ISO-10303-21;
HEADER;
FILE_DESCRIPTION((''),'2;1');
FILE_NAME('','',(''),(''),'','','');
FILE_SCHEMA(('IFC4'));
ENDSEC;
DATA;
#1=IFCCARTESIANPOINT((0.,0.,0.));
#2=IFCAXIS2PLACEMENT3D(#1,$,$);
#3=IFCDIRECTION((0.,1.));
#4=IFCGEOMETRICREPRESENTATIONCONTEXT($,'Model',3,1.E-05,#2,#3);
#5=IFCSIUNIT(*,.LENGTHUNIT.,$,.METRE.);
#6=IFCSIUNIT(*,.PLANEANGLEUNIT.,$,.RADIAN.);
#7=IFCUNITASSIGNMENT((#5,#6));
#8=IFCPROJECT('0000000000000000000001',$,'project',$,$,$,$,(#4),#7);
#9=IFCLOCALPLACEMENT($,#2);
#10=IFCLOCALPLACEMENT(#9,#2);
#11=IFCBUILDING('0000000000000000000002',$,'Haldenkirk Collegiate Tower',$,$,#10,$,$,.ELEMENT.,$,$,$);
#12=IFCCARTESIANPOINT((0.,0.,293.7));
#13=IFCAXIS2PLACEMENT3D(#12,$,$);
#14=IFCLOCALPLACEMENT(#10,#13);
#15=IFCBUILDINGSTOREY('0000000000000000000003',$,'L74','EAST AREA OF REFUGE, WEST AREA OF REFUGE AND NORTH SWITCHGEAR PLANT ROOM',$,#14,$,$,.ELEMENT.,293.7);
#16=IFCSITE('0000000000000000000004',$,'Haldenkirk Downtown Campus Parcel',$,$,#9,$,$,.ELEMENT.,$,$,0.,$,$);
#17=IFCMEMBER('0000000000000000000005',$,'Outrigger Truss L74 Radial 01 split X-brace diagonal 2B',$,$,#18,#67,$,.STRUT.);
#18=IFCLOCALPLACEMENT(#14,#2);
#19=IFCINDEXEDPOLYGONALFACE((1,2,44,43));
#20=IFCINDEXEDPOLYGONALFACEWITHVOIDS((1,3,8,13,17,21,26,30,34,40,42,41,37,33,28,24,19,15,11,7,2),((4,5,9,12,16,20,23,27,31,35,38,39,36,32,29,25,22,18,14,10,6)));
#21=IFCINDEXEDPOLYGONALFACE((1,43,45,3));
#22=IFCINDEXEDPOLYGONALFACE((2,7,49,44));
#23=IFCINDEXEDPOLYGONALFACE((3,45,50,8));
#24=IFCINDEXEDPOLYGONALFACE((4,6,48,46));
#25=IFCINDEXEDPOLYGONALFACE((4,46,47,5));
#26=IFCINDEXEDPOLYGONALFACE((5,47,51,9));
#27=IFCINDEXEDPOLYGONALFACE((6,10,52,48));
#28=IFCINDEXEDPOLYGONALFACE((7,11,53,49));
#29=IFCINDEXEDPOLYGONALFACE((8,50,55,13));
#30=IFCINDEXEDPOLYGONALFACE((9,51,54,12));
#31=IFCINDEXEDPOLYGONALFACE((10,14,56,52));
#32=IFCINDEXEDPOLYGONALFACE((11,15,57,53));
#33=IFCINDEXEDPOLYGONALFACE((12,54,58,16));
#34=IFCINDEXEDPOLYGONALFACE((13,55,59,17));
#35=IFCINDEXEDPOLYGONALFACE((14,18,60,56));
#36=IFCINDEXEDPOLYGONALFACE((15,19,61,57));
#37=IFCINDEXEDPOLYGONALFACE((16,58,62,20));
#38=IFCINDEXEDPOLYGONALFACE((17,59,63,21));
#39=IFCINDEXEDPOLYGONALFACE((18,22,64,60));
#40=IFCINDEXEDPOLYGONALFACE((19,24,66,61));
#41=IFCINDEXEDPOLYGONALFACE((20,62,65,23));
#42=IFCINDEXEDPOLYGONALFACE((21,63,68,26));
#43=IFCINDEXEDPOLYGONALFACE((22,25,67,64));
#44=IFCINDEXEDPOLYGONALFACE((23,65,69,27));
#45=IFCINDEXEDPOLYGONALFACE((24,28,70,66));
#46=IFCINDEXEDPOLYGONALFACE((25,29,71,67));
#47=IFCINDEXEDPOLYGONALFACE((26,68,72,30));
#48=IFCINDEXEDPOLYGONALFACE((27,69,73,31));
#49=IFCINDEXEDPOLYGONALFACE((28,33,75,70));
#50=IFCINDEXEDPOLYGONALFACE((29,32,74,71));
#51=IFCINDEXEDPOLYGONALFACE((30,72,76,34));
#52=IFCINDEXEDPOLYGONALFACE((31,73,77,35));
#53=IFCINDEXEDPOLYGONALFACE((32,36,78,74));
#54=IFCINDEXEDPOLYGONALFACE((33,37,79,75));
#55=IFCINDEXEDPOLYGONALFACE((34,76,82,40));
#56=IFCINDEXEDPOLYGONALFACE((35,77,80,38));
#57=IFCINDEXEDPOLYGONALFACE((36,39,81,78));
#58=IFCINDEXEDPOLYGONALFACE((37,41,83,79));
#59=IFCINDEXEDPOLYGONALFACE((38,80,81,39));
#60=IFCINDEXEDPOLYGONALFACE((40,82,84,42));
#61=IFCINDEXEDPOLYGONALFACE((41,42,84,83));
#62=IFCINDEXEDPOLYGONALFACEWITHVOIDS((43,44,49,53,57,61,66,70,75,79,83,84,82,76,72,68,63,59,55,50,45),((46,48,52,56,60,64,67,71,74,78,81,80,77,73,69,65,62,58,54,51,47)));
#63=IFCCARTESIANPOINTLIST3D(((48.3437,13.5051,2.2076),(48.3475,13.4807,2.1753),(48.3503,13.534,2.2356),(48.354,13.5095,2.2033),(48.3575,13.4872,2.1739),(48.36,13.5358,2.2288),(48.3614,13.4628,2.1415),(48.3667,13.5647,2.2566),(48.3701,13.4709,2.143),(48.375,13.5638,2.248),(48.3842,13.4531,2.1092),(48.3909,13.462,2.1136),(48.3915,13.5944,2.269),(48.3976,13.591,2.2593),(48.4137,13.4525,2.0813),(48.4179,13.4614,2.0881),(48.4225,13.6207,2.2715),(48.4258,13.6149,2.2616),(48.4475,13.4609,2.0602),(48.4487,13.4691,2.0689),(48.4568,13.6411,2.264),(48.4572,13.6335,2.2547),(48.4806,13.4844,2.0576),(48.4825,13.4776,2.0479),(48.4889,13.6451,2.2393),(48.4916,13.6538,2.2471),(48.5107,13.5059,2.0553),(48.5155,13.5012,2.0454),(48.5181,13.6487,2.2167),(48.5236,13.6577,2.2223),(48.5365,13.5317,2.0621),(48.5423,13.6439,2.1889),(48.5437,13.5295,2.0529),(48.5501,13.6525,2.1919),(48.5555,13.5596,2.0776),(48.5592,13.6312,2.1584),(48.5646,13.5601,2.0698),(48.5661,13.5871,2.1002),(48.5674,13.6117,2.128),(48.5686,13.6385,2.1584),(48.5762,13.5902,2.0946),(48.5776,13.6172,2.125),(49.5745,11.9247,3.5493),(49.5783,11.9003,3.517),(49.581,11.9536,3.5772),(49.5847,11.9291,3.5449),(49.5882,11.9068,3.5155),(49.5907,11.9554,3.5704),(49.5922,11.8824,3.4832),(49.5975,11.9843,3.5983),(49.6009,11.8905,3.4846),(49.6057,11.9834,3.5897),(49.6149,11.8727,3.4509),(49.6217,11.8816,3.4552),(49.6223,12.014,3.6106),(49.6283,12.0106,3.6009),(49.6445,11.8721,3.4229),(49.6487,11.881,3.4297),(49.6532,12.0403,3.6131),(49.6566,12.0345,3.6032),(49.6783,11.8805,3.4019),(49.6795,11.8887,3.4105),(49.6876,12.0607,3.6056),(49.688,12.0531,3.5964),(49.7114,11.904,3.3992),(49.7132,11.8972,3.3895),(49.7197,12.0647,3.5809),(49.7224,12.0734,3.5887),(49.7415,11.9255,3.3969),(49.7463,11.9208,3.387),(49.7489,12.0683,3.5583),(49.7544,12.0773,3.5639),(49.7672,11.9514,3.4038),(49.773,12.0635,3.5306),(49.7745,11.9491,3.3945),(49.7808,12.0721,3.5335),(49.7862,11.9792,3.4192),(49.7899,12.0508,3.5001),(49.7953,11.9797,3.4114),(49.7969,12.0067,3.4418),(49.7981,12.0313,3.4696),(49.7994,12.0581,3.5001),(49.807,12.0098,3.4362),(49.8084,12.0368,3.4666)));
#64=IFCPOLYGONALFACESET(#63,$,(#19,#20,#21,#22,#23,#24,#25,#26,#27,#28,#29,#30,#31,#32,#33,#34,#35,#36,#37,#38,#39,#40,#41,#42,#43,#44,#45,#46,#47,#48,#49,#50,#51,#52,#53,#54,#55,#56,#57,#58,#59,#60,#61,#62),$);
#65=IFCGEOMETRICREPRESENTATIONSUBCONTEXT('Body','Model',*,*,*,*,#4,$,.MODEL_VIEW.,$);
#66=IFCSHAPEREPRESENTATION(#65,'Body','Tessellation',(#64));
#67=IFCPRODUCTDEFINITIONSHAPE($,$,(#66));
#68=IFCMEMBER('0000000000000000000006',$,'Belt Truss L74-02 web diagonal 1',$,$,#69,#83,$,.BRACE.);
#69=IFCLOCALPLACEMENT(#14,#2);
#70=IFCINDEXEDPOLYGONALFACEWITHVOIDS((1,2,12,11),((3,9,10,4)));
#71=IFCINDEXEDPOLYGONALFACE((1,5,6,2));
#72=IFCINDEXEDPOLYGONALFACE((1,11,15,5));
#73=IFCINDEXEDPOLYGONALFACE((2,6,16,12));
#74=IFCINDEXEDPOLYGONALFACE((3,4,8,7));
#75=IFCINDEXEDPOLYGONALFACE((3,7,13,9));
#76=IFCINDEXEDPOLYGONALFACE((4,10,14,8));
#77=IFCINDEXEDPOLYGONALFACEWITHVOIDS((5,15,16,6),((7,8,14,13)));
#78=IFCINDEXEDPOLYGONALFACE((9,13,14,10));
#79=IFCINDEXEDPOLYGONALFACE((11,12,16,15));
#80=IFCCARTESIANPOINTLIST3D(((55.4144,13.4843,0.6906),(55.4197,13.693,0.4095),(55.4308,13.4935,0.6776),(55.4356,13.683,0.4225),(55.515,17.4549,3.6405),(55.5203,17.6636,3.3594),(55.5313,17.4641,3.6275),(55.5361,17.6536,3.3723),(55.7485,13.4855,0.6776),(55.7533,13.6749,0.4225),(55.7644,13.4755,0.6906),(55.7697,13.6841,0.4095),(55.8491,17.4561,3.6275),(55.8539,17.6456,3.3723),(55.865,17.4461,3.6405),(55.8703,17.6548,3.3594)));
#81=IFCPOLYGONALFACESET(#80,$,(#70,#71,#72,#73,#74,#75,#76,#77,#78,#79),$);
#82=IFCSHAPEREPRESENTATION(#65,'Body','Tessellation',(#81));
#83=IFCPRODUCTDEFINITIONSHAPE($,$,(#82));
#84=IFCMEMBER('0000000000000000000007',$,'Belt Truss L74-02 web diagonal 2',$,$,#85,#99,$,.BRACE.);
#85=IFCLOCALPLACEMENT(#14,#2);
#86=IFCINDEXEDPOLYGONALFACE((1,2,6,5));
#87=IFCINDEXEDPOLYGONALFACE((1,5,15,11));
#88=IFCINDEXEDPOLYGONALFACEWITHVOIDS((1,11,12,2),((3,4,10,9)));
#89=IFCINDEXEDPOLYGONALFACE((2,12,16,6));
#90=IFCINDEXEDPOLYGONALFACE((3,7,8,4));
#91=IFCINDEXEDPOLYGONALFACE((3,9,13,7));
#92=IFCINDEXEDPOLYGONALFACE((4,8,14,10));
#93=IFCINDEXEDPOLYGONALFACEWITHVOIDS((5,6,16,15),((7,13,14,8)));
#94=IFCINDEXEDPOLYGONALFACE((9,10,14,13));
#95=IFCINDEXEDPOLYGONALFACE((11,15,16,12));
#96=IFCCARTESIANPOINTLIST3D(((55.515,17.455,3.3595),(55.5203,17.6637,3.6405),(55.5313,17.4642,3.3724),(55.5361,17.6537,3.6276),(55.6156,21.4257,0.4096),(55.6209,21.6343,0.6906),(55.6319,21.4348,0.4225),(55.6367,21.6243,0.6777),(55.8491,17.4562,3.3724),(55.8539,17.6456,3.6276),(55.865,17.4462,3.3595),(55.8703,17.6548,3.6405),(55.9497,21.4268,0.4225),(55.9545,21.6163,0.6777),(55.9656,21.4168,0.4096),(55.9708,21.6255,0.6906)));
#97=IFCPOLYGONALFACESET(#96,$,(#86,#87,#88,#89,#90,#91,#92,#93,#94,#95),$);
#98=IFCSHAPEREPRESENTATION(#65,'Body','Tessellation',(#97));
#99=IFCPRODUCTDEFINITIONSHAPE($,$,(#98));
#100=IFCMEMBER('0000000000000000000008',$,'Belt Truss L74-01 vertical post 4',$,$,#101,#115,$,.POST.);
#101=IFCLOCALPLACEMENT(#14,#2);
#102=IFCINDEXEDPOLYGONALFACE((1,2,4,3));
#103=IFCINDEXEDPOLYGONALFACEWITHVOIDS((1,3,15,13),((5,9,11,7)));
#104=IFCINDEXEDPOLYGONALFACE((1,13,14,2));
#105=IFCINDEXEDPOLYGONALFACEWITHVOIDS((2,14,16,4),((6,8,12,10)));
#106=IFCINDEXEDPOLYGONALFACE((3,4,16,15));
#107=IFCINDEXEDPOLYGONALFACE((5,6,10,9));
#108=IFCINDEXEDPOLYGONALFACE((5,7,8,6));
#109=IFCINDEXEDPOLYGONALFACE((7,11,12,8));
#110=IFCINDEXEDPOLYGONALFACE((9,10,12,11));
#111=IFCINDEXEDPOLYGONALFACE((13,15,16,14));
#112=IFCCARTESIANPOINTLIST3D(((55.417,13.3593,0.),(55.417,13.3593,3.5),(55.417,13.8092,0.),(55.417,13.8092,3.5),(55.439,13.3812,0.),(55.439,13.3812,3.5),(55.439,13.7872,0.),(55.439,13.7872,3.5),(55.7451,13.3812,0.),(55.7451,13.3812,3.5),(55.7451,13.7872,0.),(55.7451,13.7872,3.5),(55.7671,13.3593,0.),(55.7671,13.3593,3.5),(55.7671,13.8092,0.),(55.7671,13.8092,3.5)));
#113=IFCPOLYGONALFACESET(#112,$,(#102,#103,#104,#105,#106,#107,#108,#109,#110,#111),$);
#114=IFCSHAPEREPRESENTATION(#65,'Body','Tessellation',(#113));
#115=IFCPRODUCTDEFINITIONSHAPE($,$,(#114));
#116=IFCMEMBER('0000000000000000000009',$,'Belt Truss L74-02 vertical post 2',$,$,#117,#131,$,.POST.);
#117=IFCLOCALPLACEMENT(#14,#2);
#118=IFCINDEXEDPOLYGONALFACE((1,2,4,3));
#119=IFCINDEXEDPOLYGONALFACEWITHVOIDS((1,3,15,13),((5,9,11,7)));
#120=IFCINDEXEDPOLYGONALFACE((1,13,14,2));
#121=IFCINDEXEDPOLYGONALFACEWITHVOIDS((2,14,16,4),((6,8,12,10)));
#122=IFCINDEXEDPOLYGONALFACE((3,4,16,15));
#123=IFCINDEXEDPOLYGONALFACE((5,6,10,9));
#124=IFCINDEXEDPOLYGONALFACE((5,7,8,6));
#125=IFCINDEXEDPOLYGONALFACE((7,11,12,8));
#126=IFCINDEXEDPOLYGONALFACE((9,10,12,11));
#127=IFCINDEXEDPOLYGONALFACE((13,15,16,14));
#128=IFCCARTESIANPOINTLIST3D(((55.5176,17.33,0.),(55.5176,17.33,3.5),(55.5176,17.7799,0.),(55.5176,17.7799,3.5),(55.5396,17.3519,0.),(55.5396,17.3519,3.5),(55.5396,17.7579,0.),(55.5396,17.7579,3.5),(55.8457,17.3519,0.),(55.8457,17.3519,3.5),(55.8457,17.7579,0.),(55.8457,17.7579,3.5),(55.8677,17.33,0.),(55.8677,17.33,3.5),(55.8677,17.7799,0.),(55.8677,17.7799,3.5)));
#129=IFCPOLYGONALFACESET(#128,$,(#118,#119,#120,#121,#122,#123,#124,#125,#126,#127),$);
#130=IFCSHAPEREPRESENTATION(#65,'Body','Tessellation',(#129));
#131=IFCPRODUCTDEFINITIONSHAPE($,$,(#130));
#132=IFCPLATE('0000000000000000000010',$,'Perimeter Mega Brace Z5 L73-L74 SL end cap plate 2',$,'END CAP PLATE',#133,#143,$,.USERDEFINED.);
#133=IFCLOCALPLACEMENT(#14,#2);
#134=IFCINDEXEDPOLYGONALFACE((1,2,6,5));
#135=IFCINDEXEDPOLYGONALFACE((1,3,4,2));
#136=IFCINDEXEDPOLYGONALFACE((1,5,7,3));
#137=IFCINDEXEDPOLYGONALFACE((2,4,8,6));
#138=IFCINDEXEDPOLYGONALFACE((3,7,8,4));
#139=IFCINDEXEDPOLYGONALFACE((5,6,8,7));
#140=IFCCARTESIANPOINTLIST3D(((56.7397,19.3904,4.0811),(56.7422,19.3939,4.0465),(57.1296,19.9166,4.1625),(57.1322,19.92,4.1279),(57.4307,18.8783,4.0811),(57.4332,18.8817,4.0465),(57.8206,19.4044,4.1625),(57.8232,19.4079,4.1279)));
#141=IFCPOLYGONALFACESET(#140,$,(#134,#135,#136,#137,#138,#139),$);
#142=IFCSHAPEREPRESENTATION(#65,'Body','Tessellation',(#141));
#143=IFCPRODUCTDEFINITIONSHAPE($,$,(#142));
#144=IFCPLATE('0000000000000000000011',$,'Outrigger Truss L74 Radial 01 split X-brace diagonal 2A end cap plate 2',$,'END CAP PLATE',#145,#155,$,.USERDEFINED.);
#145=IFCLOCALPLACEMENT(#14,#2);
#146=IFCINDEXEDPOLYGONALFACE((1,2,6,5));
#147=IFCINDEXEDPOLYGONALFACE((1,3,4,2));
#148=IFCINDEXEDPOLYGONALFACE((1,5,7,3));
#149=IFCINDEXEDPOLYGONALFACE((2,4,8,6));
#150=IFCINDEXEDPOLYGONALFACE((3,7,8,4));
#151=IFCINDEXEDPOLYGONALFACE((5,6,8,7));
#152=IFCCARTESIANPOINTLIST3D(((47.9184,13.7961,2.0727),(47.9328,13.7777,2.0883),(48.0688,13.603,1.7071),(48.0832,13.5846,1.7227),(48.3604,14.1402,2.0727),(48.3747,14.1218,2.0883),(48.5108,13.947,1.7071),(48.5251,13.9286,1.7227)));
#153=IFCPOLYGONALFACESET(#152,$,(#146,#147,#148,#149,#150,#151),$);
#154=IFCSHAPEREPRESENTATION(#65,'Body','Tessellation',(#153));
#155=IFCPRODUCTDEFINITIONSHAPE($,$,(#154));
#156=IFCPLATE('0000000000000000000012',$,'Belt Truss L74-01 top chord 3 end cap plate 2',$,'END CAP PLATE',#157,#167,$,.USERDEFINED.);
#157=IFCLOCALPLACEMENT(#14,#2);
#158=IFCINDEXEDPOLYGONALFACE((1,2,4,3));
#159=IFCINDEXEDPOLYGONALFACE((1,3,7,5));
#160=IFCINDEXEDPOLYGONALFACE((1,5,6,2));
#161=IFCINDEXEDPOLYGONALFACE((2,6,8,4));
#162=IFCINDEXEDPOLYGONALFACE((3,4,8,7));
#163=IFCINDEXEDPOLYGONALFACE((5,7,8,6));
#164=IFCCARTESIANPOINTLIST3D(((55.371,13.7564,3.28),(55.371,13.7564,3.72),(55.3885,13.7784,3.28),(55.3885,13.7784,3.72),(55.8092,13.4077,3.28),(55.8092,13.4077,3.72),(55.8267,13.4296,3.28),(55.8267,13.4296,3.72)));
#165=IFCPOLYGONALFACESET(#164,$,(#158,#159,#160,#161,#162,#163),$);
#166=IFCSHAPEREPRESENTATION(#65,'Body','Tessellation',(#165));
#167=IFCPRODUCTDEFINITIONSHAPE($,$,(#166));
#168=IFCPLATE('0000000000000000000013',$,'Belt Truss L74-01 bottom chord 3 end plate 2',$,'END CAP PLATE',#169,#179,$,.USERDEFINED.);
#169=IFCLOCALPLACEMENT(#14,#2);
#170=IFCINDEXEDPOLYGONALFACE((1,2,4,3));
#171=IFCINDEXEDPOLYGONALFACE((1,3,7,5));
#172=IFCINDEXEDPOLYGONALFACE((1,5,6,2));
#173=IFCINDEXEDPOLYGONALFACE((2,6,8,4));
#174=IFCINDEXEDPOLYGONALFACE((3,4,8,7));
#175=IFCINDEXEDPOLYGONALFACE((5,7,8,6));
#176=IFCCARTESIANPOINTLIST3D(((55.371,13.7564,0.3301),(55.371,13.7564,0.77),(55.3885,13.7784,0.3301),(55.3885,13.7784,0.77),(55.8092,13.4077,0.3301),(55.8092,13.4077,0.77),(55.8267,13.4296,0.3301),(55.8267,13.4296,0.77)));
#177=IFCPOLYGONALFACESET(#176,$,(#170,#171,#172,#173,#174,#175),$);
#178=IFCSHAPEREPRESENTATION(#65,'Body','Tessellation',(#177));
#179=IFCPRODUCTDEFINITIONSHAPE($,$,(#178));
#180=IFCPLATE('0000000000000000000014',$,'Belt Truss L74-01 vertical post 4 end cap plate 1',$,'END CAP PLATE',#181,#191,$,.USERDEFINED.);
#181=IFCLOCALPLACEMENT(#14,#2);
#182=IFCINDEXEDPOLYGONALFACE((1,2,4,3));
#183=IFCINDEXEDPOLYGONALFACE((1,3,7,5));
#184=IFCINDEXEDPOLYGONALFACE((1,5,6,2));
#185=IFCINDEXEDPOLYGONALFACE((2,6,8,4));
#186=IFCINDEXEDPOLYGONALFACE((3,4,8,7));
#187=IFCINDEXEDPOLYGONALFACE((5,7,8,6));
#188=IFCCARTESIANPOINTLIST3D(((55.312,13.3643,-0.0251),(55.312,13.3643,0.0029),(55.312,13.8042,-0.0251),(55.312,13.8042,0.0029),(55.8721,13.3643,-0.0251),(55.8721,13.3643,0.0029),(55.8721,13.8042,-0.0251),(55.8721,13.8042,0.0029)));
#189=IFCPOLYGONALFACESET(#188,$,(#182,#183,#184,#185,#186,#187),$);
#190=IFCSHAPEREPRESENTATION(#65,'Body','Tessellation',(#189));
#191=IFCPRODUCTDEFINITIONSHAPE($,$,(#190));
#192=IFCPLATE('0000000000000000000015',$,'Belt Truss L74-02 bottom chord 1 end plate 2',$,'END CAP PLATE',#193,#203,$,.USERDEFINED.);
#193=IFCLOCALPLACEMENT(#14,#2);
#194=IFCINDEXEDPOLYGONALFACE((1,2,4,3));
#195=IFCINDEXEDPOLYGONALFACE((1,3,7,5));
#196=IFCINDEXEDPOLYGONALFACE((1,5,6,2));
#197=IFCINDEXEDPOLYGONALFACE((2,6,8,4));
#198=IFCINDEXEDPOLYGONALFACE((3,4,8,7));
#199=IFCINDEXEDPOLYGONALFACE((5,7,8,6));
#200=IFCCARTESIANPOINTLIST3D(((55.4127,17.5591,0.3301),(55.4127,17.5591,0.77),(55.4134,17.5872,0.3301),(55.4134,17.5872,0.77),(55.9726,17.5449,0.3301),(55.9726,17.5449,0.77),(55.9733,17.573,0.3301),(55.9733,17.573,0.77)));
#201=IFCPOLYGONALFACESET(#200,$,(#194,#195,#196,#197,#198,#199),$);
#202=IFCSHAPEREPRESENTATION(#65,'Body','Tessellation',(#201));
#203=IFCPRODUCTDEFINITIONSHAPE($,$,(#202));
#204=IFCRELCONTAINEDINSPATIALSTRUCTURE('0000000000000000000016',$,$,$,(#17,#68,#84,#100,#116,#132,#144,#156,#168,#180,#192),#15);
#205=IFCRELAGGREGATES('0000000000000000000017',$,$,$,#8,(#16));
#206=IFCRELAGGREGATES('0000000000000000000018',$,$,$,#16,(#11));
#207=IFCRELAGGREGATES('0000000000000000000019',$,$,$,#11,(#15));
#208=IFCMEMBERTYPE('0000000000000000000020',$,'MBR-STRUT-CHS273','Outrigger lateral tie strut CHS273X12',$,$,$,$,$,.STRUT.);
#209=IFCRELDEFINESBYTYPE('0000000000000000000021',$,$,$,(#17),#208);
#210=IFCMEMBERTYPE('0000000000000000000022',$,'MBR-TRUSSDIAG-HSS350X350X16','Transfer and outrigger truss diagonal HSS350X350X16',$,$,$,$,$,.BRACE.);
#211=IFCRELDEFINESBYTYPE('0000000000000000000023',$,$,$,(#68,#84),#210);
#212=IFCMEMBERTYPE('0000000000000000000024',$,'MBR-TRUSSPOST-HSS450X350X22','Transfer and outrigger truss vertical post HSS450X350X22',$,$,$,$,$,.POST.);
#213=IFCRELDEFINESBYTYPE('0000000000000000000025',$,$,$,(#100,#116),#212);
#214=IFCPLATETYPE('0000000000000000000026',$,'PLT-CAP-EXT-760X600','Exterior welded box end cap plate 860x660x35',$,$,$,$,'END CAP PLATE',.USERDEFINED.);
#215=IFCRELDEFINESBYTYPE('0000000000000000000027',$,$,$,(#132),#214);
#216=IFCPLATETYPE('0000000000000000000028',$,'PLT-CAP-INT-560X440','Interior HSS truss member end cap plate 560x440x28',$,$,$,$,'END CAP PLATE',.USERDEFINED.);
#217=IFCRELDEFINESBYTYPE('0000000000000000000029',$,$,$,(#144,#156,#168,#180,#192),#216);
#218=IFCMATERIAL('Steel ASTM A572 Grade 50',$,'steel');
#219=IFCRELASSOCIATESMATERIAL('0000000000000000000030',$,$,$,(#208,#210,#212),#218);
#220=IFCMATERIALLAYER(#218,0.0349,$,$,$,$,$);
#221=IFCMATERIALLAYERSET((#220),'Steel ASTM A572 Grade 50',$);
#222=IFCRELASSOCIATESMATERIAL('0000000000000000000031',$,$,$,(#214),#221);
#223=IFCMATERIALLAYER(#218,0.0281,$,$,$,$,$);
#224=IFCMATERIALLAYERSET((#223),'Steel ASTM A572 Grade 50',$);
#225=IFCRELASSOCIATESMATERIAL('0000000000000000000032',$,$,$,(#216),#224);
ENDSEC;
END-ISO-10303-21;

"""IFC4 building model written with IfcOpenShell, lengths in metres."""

from ifc_helpers import new_model, si_unit, direction, frame, origin, origin_2d, place, context, subcontext, project, spatial, rectangle, hollow_rectangle, hollow_circle, extrude, source, transform, mapped, material, layer, layer_set, material_profile, profile_set, type_object, element, save


model = new_model("IFC4")

# Units and contexts
model_context = context("Model", 3, precision=1e-05, world=origin(), true_north=direction((0.0, 1.0)))
body_context = subcontext(model_context, "Body", "Model", "MODEL_VIEW")
ifc_project = project(units=[si_unit("LENGTHUNIT", "METRE"), si_unit("PLANEANGLEUNIT", "RADIAN")], contexts=[model_context])

# Site, building, storey
site_placement = place(None, origin())
site = spatial("IfcSite", under=ifc_project, at=site_placement, Name="Haldenkirk Downtown Campus Parcel", CompositionType="ELEMENT", RefElevation=0.0)
building_placement = place(site_placement, origin())
building = spatial("IfcBuilding", under=site, at=building_placement, Name="Haldenkirk Collegiate Tower", CompositionType="ELEMENT")
storey_placement = place(building_placement, frame((0.0, 0.0, 293.7)))
storey = spatial("IfcBuildingStorey", under=building, at=storey_placement, Name="L74", Description="EAST AREA OF REFUGE, WEST AREA OF REFUGE AND NORTH SWITCHGEAR PLANT ROOM", CompositionType="ELEMENT", Elevation=293.7)

# Members
ifc_material_1 = material(Name="Steel ASTM A572 Grade 50", Category="steel")
ifc_material_profile_1 = material_profile(ifc_material_1, hollow_circle(Radius=0.1365, WallThickness=0.012, at=origin_2d()), Name="CHS273X12")
ifc_profile_set_1 = profile_set([ifc_material_profile_1], Name="Steel ASTM A572 Grade 50")
member_type_1 = type_object("IfcMemberType", Name="MBR-STRUT-CHS273", Description="Outrigger lateral tie strut CHS273X12", PredefinedType="STRUT", material=ifc_profile_set_1)
member_placement = place(storey_placement, frame((48.4609, 13.5547, 2.1584), z_axis=(0.510505, -0.655525, 0.556482), x_axis=(0.788971, 0.61443, 0.0)))
element("IfcMember", 1, at=member_placement, inside=storey, type_object=member_type_1, Name="Outrigger Truss L74 Radial 01 split X-brace diagonal 2B", PredefinedType="STRUT", context=body_context, shape_type="SweptSolid", body=[
    extrude(hollow_circle(Radius=0.1365, WallThickness=0.012, at=origin_2d()), origin(), (0.0, 0.0, 1.0), 2.4109),
])
ifc_material_profile_2 = material_profile(ifc_material_1, hollow_rectangle(XDim=0.3501, YDim=0.3501, WallThickness=0.0161, at=origin_2d()), Name="HSS350X350X16")
ifc_profile_set_2 = profile_set([ifc_material_profile_2], Name="Steel ASTM A572 Grade 50")
member_type_2 = type_object("IfcMemberType", Name="MBR-TRUSSDIAG-HSS350X350X16", Description="Transfer and outrigger truss diagonal HSS350X350X16", PredefinedType="BRACE", material=ifc_profile_set_2)
for number, where, z_axis, x_axis, name in (
    (2, (55.592, 13.5842, 0.55), (0.02033, 0.80255, 0.596238), (-0.999679, 0.025324, 0.0), "Belt Truss L74-02 web diagonal 1"),
    (3, (55.6926, 17.5549, 3.5), (0.02033, 0.80255, -0.596238), (-0.999679, 0.025324, 0.0), "Belt Truss L74-02 web diagonal 2"),
):
    element("IfcMember", number, at=place(storey_placement, frame(where, z_axis=z_axis, x_axis=x_axis)), inside=storey, type_object=member_type_2, Name=name, PredefinedType="BRACE", context=body_context, shape_type="SweptSolid", body=[
        extrude(hollow_rectangle(XDim=0.3501, YDim=0.3501, WallThickness=0.0161, at=origin_2d()), origin(), (0.0, 0.0, 1.0), 4.9475),
    ])
ifc_material_profile_3 = material_profile(ifc_material_1, hollow_rectangle(XDim=0.3501, YDim=0.45, WallThickness=0.022, at=origin_2d()), Name="HSS450X350X22")
ifc_profile_set_3 = profile_set([ifc_material_profile_3], Name="Steel ASTM A572 Grade 50")
member_type_3 = type_object("IfcMemberType", Name="MBR-TRUSSPOST-HSS450X350X22", Description="Transfer and outrigger truss vertical post HSS450X350X22", PredefinedType="POST", material=ifc_profile_set_3)
for number, where, z_axis, x_axis, name in (
    (4, (55.592, 13.5842, 0.0), (0.0, 0.0, 1.0), (1.0, 0.0, 0.0), "Belt Truss L74-01 vertical post 4"),
    (5, (55.6926, 17.5549, 0.0), (0.0, 0.0, 1.0), (1.0, 0.0, 0.0), "Belt Truss L74-02 vertical post 2"),
):
    element("IfcMember", number, at=place(storey_placement, frame(where, z_axis=z_axis, x_axis=x_axis)), inside=storey, type_object=member_type_3, Name=name, PredefinedType="POST", context=body_context, shape_type="SweptSolid", body=[
        extrude(hollow_rectangle(XDim=0.3501, YDim=0.45, WallThickness=0.022, at=origin_2d()), origin(), (0.0, 0.0, 1.0), 3.5),
    ])

# Plates
ifc_layer_1 = layer(ifc_material_1, 0.0349)
ifc_layer_set_1 = layer_set([ifc_layer_1], Name="Steel ASTM A572 Grade 50")
plate_type_1 = type_object("IfcPlateType", Name="PLT-CAP-EXT-760X600", Description="Exterior welded box end cap plate 860x660x35", ElementType="END CAP PLATE", PredefinedType="USERDEFINED", material=ifc_layer_set_1)
shared_shape_1 = source(origin(), body_context, "Body", "SweptSolid", [
    extrude(rectangle(XDim=0.8601, YDim=0.6599, at=origin_2d()), origin(), (0.0, 0.0, 1.0), 0.0349),
])
plate_1_placement = place(storey_placement, frame((57.2827, 19.4009, 4.0872), z_axis=(-0.073462, -0.099114, 0.992361), x_axis=(0.803387, -0.595457, 0.0)))
element("IfcPlate", 6, at=plate_1_placement, inside=storey, type_object=plate_type_1, Name="Perimeter Mega Brace Z5 L73-L74 SL end cap plate 2", ObjectType="END CAP PLATE", PredefinedType="USERDEFINED", context=body_context, shape_type="MappedRepresentation", body=[
    mapped(shared_shape_1, transform((0.0, 0.0, 0.0), x_axis=(1.0, 0.0, 0.0), y_axis=(0.0, 1.0, 0.0), z_axis=(0.0, 0.0, 1.0), scale=1.0)),
])
ifc_layer_2 = layer(ifc_material_1, 0.0281)
ifc_layer_set_2 = layer_set([ifc_layer_2], Name="Steel ASTM A572 Grade 50")
plate_type_2 = type_object("IfcPlateType", Name="PLT-CAP-INT-560X440", Description="Interior HSS truss member end cap plate 560x440x28", ElementType="END CAP PLATE", PredefinedType="USERDEFINED", material=ifc_layer_set_2)
shared_shape_2 = source(origin(), body_context, "Body", "SweptSolid", [
    extrude(rectangle(XDim=0.5601, YDim=0.4399, at=origin_2d()), origin(), (0.0, 0.0, 1.0), 0.0281),
])
for number, where, z_axis, x_axis, name in (
    (7, (48.2146, 13.8716, 1.8899), (0.510407, -0.655628, 0.55645), (0.789075, 0.614296, 0.000001), "Outrigger Truss L74 Radial 01 split X-brace diagonal 2A end cap plate 2"),
    (8, (55.5901, 13.582, 3.5), (0.62269, 0.782469, 0.0), (-0.782469, 0.62269, 0.0), "Belt Truss L74-01 top chord 3 end cap plate 2"),
    (9, (55.5901, 13.582, 0.55), (0.622688, 0.782471, 0.0), (-0.782471, 0.622688, 0.0), "Belt Truss L74-01 bottom chord 3 end plate 2"),
    (10, (55.592, 13.5842, 0.0029), (0.0, 0.0, -1.0), (1.0, 0.0, 0.0), "Belt Truss L74-01 vertical post 4 end cap plate 1"),
    (11, (55.6926, 17.552, 0.55), (0.025302, 0.99968, 0.0), (-0.99968, 0.025302, 0.0), "Belt Truss L74-02 bottom chord 1 end plate 2"),
):
    element("IfcPlate", number, at=place(storey_placement, frame(where, z_axis=z_axis, x_axis=x_axis)), inside=storey, type_object=plate_type_2, Name=name, ObjectType="END CAP PLATE", PredefinedType="USERDEFINED", context=body_context, shape_type="MappedRepresentation", body=[
        mapped(shared_shape_2, transform((0.0, 0.0, 0.0), x_axis=(1.0, 0.0, 0.0), y_axis=(0.0, 1.0, 0.0), z_axis=(0.0, 0.0, 1.0), scale=1.0)),
    ])

save(model, "model.ifc")
